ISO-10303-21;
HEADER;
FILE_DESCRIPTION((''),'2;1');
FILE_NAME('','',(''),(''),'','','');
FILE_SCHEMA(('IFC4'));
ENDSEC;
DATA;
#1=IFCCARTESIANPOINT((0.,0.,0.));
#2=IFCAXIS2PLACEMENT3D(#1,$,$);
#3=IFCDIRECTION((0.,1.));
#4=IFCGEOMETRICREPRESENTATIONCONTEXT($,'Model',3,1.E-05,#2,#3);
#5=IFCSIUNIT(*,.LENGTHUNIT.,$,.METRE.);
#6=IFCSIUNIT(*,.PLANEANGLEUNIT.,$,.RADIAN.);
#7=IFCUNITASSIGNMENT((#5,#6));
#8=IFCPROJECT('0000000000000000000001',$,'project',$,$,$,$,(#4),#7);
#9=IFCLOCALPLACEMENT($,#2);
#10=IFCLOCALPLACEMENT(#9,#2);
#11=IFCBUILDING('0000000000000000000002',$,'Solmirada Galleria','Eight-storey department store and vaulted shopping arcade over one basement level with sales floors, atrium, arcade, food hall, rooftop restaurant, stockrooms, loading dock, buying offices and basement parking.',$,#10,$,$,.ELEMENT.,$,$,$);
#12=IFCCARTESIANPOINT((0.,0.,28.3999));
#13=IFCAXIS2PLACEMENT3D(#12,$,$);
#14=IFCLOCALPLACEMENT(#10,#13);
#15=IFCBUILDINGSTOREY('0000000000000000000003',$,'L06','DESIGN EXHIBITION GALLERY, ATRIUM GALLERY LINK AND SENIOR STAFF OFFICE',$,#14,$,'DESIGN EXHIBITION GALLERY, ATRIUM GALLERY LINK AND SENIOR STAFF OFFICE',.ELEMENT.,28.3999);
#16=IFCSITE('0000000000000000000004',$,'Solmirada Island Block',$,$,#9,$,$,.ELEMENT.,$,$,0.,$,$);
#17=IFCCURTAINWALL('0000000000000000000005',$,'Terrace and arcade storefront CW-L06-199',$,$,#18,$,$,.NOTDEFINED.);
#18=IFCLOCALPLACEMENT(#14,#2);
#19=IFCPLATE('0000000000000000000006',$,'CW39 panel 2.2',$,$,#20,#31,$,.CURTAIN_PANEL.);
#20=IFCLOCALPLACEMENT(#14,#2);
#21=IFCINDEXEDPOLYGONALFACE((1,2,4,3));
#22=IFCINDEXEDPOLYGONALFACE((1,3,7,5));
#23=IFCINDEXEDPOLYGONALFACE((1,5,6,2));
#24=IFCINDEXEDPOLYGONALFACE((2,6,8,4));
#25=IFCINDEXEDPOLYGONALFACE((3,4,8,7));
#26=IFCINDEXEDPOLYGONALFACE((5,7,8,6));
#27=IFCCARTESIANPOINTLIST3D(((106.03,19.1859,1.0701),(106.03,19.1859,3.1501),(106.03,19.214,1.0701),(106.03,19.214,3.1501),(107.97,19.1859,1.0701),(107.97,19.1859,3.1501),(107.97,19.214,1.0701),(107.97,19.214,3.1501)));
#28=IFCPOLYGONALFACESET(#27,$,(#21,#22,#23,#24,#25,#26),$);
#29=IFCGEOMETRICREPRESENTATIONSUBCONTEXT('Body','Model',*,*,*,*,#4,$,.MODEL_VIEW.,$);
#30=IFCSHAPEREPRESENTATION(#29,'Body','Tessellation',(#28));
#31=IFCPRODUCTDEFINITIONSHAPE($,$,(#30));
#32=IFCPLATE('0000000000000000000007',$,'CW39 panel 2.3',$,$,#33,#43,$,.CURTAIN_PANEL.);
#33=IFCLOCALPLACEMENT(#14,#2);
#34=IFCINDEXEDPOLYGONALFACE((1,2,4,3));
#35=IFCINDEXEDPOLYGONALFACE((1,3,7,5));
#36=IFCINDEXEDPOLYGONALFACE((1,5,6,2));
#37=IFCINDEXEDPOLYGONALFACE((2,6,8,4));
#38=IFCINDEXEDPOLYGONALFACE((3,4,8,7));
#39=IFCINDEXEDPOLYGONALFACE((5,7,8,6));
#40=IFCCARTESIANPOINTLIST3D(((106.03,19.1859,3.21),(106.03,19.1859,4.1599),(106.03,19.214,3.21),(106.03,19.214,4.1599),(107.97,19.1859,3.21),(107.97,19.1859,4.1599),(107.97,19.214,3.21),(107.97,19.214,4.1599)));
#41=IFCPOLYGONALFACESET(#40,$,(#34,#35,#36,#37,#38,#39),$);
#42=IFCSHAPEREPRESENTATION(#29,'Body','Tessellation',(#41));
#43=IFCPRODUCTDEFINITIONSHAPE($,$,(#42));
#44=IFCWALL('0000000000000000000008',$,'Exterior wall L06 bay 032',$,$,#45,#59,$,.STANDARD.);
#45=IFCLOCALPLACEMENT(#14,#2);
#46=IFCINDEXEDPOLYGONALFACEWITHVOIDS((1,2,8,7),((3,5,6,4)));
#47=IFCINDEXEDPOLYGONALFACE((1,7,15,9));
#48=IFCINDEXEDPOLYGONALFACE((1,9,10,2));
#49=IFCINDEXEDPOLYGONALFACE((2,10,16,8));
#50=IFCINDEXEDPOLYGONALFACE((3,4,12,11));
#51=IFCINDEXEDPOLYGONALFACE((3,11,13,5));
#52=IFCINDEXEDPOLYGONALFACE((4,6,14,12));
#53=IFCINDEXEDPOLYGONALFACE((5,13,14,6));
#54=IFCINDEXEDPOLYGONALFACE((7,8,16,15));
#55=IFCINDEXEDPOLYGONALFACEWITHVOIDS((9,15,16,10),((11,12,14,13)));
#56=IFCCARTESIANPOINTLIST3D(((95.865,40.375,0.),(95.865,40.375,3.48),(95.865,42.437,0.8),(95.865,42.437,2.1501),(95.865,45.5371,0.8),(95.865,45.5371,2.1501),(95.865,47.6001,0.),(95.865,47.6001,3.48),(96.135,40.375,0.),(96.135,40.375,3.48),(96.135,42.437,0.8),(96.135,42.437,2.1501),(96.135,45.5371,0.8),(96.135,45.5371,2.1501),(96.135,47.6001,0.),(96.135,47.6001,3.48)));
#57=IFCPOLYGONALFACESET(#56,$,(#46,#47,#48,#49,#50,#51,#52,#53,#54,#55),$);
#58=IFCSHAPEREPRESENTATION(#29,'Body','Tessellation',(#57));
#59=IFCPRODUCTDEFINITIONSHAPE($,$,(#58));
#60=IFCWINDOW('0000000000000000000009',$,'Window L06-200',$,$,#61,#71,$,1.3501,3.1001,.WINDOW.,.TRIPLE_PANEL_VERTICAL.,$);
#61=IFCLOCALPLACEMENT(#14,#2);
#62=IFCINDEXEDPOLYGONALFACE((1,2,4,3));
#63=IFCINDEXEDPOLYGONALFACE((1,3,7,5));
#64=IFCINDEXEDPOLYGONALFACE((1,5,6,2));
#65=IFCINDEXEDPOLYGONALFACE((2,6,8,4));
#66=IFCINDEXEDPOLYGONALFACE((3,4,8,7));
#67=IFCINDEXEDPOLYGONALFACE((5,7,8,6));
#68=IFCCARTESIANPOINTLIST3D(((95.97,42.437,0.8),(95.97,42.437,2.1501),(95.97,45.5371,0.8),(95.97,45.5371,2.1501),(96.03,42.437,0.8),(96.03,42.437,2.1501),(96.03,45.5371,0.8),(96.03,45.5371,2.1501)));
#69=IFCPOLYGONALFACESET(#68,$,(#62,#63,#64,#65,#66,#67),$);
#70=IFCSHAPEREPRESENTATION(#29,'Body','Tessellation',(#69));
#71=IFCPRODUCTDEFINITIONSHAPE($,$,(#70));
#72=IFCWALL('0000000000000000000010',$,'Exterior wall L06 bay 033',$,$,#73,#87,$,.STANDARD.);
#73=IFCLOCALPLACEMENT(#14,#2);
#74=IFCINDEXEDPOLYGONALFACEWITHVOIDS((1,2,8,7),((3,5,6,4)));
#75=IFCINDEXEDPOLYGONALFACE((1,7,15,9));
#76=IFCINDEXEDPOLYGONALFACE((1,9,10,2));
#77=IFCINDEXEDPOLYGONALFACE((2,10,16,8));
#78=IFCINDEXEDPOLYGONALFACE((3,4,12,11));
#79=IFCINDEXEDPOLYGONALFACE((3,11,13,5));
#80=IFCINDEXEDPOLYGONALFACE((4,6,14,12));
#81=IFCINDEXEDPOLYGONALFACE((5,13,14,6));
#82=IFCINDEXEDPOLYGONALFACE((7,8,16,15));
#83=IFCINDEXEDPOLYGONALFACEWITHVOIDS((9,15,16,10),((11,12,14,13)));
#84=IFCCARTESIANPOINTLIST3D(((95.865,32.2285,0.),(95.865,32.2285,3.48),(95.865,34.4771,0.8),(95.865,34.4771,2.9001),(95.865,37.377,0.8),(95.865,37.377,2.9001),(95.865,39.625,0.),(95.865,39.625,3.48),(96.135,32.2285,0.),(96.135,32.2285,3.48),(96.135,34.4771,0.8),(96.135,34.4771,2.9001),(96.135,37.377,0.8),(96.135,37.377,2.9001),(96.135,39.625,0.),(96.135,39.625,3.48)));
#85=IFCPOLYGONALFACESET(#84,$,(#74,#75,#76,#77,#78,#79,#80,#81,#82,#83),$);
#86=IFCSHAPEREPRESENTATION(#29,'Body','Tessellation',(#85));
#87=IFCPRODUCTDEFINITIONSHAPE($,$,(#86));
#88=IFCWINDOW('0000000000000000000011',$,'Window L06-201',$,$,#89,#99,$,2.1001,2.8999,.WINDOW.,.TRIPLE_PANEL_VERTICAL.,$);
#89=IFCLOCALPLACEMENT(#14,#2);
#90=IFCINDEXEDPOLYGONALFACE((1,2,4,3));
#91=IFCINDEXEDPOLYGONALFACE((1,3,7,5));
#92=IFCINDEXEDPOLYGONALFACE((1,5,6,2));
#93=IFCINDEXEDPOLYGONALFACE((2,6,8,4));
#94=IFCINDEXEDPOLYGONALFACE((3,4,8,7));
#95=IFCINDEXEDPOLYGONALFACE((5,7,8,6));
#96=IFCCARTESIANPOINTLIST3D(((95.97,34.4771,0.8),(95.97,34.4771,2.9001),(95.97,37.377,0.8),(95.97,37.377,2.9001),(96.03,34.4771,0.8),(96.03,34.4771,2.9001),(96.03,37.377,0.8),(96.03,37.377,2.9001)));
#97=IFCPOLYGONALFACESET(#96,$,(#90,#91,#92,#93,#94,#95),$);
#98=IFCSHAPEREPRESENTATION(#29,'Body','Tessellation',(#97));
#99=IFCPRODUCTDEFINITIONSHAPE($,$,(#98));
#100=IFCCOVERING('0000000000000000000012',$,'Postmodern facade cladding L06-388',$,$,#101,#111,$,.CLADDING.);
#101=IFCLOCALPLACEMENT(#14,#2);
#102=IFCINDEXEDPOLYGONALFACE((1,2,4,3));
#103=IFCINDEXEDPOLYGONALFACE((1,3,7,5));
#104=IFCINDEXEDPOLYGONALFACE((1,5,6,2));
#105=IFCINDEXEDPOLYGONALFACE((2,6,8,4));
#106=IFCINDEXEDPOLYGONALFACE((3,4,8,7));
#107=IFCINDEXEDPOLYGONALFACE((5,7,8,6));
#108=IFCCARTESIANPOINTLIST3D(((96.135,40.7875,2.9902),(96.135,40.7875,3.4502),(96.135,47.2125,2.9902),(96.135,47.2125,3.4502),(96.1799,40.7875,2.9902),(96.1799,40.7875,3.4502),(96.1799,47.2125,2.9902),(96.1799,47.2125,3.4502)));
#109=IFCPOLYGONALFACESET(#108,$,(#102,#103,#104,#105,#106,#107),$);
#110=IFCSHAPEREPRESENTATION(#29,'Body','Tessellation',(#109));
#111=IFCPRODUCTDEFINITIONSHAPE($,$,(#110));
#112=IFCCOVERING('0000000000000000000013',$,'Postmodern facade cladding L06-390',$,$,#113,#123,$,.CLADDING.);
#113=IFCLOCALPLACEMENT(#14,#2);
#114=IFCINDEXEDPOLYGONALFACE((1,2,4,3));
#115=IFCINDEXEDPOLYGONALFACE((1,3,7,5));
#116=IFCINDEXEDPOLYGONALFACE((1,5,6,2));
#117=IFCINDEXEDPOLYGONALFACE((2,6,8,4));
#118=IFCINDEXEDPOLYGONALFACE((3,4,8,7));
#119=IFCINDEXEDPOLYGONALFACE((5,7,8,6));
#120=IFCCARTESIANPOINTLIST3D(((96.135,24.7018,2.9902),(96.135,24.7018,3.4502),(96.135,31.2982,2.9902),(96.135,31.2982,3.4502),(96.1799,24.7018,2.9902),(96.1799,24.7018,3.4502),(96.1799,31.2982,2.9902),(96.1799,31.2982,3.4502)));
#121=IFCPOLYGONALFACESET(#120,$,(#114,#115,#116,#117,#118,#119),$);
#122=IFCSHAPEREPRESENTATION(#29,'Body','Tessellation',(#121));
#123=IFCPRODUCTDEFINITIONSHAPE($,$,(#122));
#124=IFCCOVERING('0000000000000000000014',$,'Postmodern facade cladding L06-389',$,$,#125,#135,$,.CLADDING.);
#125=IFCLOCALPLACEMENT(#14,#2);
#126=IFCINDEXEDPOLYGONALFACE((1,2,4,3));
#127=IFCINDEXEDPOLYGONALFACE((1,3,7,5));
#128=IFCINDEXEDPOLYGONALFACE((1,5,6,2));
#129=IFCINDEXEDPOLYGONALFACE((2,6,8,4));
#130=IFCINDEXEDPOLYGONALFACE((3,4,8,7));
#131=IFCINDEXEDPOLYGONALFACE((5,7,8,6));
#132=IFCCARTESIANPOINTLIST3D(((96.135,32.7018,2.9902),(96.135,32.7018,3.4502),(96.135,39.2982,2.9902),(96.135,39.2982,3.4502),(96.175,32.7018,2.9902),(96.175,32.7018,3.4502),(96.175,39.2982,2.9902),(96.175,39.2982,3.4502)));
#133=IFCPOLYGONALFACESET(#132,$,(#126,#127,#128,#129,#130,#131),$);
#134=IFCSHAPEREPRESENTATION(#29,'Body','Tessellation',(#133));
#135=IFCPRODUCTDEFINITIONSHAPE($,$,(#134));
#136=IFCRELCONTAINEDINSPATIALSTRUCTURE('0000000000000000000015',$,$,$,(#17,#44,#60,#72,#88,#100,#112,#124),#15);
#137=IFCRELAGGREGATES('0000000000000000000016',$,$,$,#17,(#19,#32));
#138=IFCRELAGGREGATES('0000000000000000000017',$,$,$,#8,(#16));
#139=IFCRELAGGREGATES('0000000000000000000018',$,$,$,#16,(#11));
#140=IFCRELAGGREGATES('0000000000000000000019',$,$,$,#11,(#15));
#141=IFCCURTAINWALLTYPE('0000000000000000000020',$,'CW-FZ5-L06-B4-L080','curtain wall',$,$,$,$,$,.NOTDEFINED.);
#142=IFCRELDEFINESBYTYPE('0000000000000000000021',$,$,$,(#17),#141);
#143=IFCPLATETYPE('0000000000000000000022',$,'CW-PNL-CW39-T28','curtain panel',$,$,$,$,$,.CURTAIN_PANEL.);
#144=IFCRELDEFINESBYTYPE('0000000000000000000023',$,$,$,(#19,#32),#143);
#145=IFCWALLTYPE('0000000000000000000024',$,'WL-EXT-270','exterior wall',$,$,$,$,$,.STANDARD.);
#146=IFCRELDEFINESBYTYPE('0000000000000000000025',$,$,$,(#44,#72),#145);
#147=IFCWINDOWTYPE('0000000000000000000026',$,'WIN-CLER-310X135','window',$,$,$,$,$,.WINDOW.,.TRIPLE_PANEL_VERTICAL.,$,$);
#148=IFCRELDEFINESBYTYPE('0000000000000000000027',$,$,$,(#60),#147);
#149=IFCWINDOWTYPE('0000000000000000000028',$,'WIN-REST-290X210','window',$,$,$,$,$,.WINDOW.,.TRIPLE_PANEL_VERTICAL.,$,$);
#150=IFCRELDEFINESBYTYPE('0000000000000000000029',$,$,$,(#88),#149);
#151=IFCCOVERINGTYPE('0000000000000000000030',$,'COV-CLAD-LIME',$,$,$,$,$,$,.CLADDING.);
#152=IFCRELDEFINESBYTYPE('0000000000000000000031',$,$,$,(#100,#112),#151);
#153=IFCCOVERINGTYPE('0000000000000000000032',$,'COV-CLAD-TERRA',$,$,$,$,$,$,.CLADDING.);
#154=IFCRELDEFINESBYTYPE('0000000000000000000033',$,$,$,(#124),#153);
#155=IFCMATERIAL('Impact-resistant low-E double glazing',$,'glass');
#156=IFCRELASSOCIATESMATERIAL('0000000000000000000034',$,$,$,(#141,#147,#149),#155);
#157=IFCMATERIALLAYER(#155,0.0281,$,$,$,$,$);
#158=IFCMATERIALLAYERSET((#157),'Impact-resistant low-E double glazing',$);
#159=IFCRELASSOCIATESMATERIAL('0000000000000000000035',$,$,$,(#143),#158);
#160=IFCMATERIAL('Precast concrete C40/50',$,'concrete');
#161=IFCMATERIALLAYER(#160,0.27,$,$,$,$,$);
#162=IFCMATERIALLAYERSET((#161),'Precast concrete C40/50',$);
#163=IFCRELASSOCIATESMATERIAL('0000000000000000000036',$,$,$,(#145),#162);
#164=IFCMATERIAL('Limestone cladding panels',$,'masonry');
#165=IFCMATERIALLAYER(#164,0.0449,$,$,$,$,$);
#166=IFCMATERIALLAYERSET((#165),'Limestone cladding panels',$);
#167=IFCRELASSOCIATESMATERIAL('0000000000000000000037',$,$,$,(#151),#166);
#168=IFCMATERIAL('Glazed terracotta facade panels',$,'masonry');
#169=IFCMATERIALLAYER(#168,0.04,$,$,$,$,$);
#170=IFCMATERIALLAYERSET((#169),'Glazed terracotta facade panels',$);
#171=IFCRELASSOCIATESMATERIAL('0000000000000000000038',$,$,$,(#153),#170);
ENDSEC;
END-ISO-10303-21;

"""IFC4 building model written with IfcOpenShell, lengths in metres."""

from ifc_helpers import new_model, si_unit, direction, frame, frame_2d, origin, origin_2d, place, context, subcontext, project, spatial, rectangle, extrude, material, layer, layer_set, type_object, element, fill, aggregate, save


model = new_model("IFC4")

# Units and contexts
model_context = context("Model", 3, precision=1e-05, world=origin(), true_north=direction((0.0, 1.0)))
body_context = subcontext(model_context, "Body", "Model", "MODEL_VIEW")
ifc_project = project(units=[si_unit("LENGTHUNIT", "METRE"), si_unit("PLANEANGLEUNIT", "RADIAN")], contexts=[model_context])

# Site, building, storey
site_placement = place(None, origin())
site = spatial("IfcSite", under=ifc_project, at=site_placement, Name="Solmirada Island Block", CompositionType="ELEMENT", RefElevation=0.0)
building_placement = place(site_placement, origin())
building = spatial("IfcBuilding", under=site, at=building_placement, Name="Solmirada Galleria", Description="Eight-storey department store and vaulted shopping arcade over one basement level with sales floors, atrium, arcade, food hall, rooftop restaurant, stockrooms, loading dock, buying offices and basement parking.", CompositionType="ELEMENT")
storey_placement = place(building_placement, frame((0.0, 0.0, 28.3999)))
storey = spatial("IfcBuildingStorey", under=building, at=storey_placement, Name="L06", Description="DESIGN EXHIBITION GALLERY, ATRIUM GALLERY LINK AND SENIOR STAFF OFFICE", LongName="DESIGN EXHIBITION GALLERY, ATRIUM GALLERY LINK AND SENIOR STAFF OFFICE", CompositionType="ELEMENT", Elevation=28.3999)

# Shared definitions
ifc_material_1 = material(Name="Impact-resistant low-E double glazing", Category="glass")

# Curtain wall
curtain_wall_type_1 = type_object("IfcCurtainWallType", Name="CW-FZ5-L06-B4-L080", Description="curtain wall", PredefinedType="NOTDEFINED", material=ifc_material_1)
curtain_wall_1_placement = place(storey_placement, origin())
curtain_wall_1 = element("IfcCurtainWall", 1, at=curtain_wall_1_placement, inside=storey, type_object=curtain_wall_type_1, Name="Terrace and arcade storefront CW-L06-199", PredefinedType="NOTDEFINED")

# Plates
ifc_layer_1 = layer(ifc_material_1, 0.0281)
ifc_layer_set_1 = layer_set([ifc_layer_1], Name="Impact-resistant low-E double glazing")
plate_type_1 = type_object("IfcPlateType", Name="CW-PNL-CW39-T28", Description="curtain panel", PredefinedType="CURTAIN_PANEL", material=ifc_layer_set_1)
plate_1_placement = place(storey_placement, frame((107.0, 19.2, 1.0701), z_axis=(0.0, 0.0, 1.0), x_axis=(1.0, 0.0, 0.0)))
plate_1 = element("IfcPlate", 2, at=plate_1_placement, type_object=plate_type_1, Name="CW39 panel 2.2", PredefinedType="CURTAIN_PANEL", context=body_context, shape_type="SweptSolid", body=[
    extrude(rectangle(XDim=1.9399, YDim=0.0281, at=origin_2d()), origin(), (0.0, 0.0, 1.0), 2.0801),
])
plate_2_placement = place(storey_placement, frame((107.0, 19.2, 3.21), z_axis=(0.0, 0.0, 1.0), x_axis=(1.0, 0.0, 0.0)))
plate_2 = element("IfcPlate", 3, at=plate_2_placement, type_object=plate_type_1, Name="CW39 panel 2.3", PredefinedType="CURTAIN_PANEL", context=body_context, shape_type="SweptSolid", body=[
    extrude(rectangle(XDim=1.9399, YDim=0.0281, at=origin_2d()), origin(), (0.0, 0.0, 1.0), 0.95),
])
aggregate(curtain_wall_1, [plate_1, plate_2])

# Walls, openings, windows
ifc_material_2 = material(Name="Precast concrete C40/50", Category="concrete")
ifc_layer_2 = layer(ifc_material_2, 0.27)
ifc_layer_set_2 = layer_set([ifc_layer_2], Name="Precast concrete C40/50")
wall_type = type_object("IfcWallType", Name="WL-EXT-270", Description="exterior wall", PredefinedType="STANDARD", material=ifc_layer_set_2)
wall_1_placement = place(storey_placement, frame((96.0, 47.6001, 0.0), z_axis=(0.0, 0.0, 1.0), x_axis=(0.0, -1.0, 0.0)))
wall_1 = element("IfcWall", 4, at=wall_1_placement, inside=storey, type_object=wall_type, Name="Exterior wall L06 bay 032", PredefinedType="STANDARD", context=body_context, shape_type="SweptSolid", body=[
    extrude(rectangle(XDim=7.2251, YDim=0.27, at=frame_2d((3.6125, 0.0))), origin(), (0.0, 0.0, 1.0), 3.48),
])
opening_1_placement = place(wall_1_placement, frame((2.063, 0.0, 0.8)))
opening_1 = element("IfcOpeningElement", 5, at=opening_1_placement, cuts=wall_1, PredefinedType="OPENING", context=body_context, shape_type="SweptSolid", body=[
    extrude(rectangle(XDim=3.1001, YDim=1.3501, at=frame_2d((1.55, 0.675))), frame((0.0, 0.145, 0.0), z_axis=(0.0, -1.0, 0.0), x_axis=(1.0, 0.0, 0.0)), (0.0, 0.0, 1.0), 0.29),
])
window_type_1 = type_object("IfcWindowType", Name="WIN-CLER-310X135", Description="window", PartitioningType="TRIPLE_PANEL_VERTICAL", PredefinedType="WINDOW", material=ifc_material_1)
window_1_placement = place(opening_1_placement, origin())
window_1 = element("IfcWindow", 6, at=window_1_placement, inside=storey, type_object=window_type_1, Name="Window L06-200", OverallHeight=1.3501, OverallWidth=3.1001, PartitioningType="TRIPLE_PANEL_VERTICAL", PredefinedType="WINDOW", context=body_context, shape_type="SweptSolid", body=[
    extrude(rectangle(XDim=3.1001, YDim=1.3501, at=frame_2d((1.55, 0.675))), frame((0.0, 0.03, 0.0), z_axis=(0.0, -1.0, 0.0), x_axis=(1.0, 0.0, 0.0)), (0.0, 0.0, 1.0), 0.0601),
])
fill(opening_1, window_1)
wall_2_placement = place(storey_placement, frame((96.0, 39.625, 0.0), z_axis=(0.0, 0.0, 1.0), x_axis=(0.0, -1.0, 0.0)))
wall_2 = element("IfcWall", 7, at=wall_2_placement, inside=storey, type_object=wall_type, Name="Exterior wall L06 bay 033", PredefinedType="STANDARD", context=body_context, shape_type="SweptSolid", body=[
    extrude(rectangle(XDim=7.3965, YDim=0.27, at=frame_2d((3.6982, 0.0))), origin(), (0.0, 0.0, 1.0), 3.48),
])
opening_2_placement = place(wall_2_placement, frame((2.248, 0.0, 0.8)))
opening_2 = element("IfcOpeningElement", 8, at=opening_2_placement, cuts=wall_2, PredefinedType="OPENING", context=body_context, shape_type="SweptSolid", body=[
    extrude(rectangle(XDim=2.8999, YDim=2.1001, at=frame_2d((1.45, 1.05))), frame((0.0, 0.145, 0.0), z_axis=(0.0, -1.0, 0.0), x_axis=(1.0, 0.0, 0.0)), (0.0, 0.0, 1.0), 0.29),
])
window_type_2 = type_object("IfcWindowType", Name="WIN-REST-290X210", Description="window", PartitioningType="TRIPLE_PANEL_VERTICAL", PredefinedType="WINDOW", material=ifc_material_1)
window_2_placement = place(opening_2_placement, origin())
window_2 = element("IfcWindow", 9, at=window_2_placement, inside=storey, type_object=window_type_2, Name="Window L06-201", OverallHeight=2.1001, OverallWidth=2.8999, PartitioningType="TRIPLE_PANEL_VERTICAL", PredefinedType="WINDOW", context=body_context, shape_type="SweptSolid", body=[
    extrude(rectangle(XDim=2.8999, YDim=2.1001, at=frame_2d((1.45, 1.05))), frame((0.0, 0.03, 0.0), z_axis=(0.0, -1.0, 0.0), x_axis=(1.0, 0.0, 0.0)), (0.0, 0.0, 1.0), 0.0601),
])
fill(opening_2, window_2)

# Coverings
ifc_material_3 = material(Name="Limestone cladding panels", Category="masonry")
ifc_layer_3 = layer(ifc_material_3, 0.0449)
ifc_layer_set_3 = layer_set([ifc_layer_3], Name="Limestone cladding panels")
covering_type_1 = type_object("IfcCoveringType", Name="COV-CLAD-LIME", PredefinedType="CLADDING", material=ifc_layer_set_3)
covering_1_placement = place(storey_placement, frame((96.1575, 44.0, 2.9902), z_axis=(0.0, 0.0, 1.0), x_axis=(0.0, -1.0, 0.0)))
element("IfcCovering", 10, at=covering_1_placement, inside=storey, type_object=covering_type_1, Name="Postmodern facade cladding L06-388", PredefinedType="CLADDING", context=body_context, shape_type="SweptSolid", body=[
    extrude(rectangle(XDim=6.425, YDim=0.0449, at=origin_2d()), origin(), (0.0, 0.0, 1.0), 0.46),
])
covering_2_placement = place(storey_placement, frame((96.1575, 28.0, 2.9902), z_axis=(0.0, 0.0, 1.0), x_axis=(0.0, -1.0, 0.0)))
element("IfcCovering", 11, at=covering_2_placement, inside=storey, type_object=covering_type_1, Name="Postmodern facade cladding L06-390", PredefinedType="CLADDING", context=body_context, shape_type="SweptSolid", body=[
    extrude(rectangle(XDim=6.5964, YDim=0.0449, at=origin_2d()), origin(), (0.0, 0.0, 1.0), 0.46),
])
ifc_material_4 = material(Name="Glazed terracotta facade panels", Category="masonry")
ifc_layer_4 = layer(ifc_material_4, 0.04)
ifc_layer_set_4 = layer_set([ifc_layer_4], Name="Glazed terracotta facade panels")
covering_type_2 = type_object("IfcCoveringType", Name="COV-CLAD-TERRA", PredefinedType="CLADDING", material=ifc_layer_set_4)
covering_3_placement = place(storey_placement, frame((96.155, 36.0, 2.9902), z_axis=(0.0, 0.0, 1.0), x_axis=(0.0, -1.0, 0.0)))
element("IfcCovering", 12, at=covering_3_placement, inside=storey, type_object=covering_type_2, Name="Postmodern facade cladding L06-389", PredefinedType="CLADDING", context=body_context, shape_type="SweptSolid", body=[
    extrude(rectangle(XDim=6.5964, YDim=0.04, at=origin_2d()), origin(), (0.0, 0.0, 1.0), 0.46),
])

save(model, "model.ifc")
